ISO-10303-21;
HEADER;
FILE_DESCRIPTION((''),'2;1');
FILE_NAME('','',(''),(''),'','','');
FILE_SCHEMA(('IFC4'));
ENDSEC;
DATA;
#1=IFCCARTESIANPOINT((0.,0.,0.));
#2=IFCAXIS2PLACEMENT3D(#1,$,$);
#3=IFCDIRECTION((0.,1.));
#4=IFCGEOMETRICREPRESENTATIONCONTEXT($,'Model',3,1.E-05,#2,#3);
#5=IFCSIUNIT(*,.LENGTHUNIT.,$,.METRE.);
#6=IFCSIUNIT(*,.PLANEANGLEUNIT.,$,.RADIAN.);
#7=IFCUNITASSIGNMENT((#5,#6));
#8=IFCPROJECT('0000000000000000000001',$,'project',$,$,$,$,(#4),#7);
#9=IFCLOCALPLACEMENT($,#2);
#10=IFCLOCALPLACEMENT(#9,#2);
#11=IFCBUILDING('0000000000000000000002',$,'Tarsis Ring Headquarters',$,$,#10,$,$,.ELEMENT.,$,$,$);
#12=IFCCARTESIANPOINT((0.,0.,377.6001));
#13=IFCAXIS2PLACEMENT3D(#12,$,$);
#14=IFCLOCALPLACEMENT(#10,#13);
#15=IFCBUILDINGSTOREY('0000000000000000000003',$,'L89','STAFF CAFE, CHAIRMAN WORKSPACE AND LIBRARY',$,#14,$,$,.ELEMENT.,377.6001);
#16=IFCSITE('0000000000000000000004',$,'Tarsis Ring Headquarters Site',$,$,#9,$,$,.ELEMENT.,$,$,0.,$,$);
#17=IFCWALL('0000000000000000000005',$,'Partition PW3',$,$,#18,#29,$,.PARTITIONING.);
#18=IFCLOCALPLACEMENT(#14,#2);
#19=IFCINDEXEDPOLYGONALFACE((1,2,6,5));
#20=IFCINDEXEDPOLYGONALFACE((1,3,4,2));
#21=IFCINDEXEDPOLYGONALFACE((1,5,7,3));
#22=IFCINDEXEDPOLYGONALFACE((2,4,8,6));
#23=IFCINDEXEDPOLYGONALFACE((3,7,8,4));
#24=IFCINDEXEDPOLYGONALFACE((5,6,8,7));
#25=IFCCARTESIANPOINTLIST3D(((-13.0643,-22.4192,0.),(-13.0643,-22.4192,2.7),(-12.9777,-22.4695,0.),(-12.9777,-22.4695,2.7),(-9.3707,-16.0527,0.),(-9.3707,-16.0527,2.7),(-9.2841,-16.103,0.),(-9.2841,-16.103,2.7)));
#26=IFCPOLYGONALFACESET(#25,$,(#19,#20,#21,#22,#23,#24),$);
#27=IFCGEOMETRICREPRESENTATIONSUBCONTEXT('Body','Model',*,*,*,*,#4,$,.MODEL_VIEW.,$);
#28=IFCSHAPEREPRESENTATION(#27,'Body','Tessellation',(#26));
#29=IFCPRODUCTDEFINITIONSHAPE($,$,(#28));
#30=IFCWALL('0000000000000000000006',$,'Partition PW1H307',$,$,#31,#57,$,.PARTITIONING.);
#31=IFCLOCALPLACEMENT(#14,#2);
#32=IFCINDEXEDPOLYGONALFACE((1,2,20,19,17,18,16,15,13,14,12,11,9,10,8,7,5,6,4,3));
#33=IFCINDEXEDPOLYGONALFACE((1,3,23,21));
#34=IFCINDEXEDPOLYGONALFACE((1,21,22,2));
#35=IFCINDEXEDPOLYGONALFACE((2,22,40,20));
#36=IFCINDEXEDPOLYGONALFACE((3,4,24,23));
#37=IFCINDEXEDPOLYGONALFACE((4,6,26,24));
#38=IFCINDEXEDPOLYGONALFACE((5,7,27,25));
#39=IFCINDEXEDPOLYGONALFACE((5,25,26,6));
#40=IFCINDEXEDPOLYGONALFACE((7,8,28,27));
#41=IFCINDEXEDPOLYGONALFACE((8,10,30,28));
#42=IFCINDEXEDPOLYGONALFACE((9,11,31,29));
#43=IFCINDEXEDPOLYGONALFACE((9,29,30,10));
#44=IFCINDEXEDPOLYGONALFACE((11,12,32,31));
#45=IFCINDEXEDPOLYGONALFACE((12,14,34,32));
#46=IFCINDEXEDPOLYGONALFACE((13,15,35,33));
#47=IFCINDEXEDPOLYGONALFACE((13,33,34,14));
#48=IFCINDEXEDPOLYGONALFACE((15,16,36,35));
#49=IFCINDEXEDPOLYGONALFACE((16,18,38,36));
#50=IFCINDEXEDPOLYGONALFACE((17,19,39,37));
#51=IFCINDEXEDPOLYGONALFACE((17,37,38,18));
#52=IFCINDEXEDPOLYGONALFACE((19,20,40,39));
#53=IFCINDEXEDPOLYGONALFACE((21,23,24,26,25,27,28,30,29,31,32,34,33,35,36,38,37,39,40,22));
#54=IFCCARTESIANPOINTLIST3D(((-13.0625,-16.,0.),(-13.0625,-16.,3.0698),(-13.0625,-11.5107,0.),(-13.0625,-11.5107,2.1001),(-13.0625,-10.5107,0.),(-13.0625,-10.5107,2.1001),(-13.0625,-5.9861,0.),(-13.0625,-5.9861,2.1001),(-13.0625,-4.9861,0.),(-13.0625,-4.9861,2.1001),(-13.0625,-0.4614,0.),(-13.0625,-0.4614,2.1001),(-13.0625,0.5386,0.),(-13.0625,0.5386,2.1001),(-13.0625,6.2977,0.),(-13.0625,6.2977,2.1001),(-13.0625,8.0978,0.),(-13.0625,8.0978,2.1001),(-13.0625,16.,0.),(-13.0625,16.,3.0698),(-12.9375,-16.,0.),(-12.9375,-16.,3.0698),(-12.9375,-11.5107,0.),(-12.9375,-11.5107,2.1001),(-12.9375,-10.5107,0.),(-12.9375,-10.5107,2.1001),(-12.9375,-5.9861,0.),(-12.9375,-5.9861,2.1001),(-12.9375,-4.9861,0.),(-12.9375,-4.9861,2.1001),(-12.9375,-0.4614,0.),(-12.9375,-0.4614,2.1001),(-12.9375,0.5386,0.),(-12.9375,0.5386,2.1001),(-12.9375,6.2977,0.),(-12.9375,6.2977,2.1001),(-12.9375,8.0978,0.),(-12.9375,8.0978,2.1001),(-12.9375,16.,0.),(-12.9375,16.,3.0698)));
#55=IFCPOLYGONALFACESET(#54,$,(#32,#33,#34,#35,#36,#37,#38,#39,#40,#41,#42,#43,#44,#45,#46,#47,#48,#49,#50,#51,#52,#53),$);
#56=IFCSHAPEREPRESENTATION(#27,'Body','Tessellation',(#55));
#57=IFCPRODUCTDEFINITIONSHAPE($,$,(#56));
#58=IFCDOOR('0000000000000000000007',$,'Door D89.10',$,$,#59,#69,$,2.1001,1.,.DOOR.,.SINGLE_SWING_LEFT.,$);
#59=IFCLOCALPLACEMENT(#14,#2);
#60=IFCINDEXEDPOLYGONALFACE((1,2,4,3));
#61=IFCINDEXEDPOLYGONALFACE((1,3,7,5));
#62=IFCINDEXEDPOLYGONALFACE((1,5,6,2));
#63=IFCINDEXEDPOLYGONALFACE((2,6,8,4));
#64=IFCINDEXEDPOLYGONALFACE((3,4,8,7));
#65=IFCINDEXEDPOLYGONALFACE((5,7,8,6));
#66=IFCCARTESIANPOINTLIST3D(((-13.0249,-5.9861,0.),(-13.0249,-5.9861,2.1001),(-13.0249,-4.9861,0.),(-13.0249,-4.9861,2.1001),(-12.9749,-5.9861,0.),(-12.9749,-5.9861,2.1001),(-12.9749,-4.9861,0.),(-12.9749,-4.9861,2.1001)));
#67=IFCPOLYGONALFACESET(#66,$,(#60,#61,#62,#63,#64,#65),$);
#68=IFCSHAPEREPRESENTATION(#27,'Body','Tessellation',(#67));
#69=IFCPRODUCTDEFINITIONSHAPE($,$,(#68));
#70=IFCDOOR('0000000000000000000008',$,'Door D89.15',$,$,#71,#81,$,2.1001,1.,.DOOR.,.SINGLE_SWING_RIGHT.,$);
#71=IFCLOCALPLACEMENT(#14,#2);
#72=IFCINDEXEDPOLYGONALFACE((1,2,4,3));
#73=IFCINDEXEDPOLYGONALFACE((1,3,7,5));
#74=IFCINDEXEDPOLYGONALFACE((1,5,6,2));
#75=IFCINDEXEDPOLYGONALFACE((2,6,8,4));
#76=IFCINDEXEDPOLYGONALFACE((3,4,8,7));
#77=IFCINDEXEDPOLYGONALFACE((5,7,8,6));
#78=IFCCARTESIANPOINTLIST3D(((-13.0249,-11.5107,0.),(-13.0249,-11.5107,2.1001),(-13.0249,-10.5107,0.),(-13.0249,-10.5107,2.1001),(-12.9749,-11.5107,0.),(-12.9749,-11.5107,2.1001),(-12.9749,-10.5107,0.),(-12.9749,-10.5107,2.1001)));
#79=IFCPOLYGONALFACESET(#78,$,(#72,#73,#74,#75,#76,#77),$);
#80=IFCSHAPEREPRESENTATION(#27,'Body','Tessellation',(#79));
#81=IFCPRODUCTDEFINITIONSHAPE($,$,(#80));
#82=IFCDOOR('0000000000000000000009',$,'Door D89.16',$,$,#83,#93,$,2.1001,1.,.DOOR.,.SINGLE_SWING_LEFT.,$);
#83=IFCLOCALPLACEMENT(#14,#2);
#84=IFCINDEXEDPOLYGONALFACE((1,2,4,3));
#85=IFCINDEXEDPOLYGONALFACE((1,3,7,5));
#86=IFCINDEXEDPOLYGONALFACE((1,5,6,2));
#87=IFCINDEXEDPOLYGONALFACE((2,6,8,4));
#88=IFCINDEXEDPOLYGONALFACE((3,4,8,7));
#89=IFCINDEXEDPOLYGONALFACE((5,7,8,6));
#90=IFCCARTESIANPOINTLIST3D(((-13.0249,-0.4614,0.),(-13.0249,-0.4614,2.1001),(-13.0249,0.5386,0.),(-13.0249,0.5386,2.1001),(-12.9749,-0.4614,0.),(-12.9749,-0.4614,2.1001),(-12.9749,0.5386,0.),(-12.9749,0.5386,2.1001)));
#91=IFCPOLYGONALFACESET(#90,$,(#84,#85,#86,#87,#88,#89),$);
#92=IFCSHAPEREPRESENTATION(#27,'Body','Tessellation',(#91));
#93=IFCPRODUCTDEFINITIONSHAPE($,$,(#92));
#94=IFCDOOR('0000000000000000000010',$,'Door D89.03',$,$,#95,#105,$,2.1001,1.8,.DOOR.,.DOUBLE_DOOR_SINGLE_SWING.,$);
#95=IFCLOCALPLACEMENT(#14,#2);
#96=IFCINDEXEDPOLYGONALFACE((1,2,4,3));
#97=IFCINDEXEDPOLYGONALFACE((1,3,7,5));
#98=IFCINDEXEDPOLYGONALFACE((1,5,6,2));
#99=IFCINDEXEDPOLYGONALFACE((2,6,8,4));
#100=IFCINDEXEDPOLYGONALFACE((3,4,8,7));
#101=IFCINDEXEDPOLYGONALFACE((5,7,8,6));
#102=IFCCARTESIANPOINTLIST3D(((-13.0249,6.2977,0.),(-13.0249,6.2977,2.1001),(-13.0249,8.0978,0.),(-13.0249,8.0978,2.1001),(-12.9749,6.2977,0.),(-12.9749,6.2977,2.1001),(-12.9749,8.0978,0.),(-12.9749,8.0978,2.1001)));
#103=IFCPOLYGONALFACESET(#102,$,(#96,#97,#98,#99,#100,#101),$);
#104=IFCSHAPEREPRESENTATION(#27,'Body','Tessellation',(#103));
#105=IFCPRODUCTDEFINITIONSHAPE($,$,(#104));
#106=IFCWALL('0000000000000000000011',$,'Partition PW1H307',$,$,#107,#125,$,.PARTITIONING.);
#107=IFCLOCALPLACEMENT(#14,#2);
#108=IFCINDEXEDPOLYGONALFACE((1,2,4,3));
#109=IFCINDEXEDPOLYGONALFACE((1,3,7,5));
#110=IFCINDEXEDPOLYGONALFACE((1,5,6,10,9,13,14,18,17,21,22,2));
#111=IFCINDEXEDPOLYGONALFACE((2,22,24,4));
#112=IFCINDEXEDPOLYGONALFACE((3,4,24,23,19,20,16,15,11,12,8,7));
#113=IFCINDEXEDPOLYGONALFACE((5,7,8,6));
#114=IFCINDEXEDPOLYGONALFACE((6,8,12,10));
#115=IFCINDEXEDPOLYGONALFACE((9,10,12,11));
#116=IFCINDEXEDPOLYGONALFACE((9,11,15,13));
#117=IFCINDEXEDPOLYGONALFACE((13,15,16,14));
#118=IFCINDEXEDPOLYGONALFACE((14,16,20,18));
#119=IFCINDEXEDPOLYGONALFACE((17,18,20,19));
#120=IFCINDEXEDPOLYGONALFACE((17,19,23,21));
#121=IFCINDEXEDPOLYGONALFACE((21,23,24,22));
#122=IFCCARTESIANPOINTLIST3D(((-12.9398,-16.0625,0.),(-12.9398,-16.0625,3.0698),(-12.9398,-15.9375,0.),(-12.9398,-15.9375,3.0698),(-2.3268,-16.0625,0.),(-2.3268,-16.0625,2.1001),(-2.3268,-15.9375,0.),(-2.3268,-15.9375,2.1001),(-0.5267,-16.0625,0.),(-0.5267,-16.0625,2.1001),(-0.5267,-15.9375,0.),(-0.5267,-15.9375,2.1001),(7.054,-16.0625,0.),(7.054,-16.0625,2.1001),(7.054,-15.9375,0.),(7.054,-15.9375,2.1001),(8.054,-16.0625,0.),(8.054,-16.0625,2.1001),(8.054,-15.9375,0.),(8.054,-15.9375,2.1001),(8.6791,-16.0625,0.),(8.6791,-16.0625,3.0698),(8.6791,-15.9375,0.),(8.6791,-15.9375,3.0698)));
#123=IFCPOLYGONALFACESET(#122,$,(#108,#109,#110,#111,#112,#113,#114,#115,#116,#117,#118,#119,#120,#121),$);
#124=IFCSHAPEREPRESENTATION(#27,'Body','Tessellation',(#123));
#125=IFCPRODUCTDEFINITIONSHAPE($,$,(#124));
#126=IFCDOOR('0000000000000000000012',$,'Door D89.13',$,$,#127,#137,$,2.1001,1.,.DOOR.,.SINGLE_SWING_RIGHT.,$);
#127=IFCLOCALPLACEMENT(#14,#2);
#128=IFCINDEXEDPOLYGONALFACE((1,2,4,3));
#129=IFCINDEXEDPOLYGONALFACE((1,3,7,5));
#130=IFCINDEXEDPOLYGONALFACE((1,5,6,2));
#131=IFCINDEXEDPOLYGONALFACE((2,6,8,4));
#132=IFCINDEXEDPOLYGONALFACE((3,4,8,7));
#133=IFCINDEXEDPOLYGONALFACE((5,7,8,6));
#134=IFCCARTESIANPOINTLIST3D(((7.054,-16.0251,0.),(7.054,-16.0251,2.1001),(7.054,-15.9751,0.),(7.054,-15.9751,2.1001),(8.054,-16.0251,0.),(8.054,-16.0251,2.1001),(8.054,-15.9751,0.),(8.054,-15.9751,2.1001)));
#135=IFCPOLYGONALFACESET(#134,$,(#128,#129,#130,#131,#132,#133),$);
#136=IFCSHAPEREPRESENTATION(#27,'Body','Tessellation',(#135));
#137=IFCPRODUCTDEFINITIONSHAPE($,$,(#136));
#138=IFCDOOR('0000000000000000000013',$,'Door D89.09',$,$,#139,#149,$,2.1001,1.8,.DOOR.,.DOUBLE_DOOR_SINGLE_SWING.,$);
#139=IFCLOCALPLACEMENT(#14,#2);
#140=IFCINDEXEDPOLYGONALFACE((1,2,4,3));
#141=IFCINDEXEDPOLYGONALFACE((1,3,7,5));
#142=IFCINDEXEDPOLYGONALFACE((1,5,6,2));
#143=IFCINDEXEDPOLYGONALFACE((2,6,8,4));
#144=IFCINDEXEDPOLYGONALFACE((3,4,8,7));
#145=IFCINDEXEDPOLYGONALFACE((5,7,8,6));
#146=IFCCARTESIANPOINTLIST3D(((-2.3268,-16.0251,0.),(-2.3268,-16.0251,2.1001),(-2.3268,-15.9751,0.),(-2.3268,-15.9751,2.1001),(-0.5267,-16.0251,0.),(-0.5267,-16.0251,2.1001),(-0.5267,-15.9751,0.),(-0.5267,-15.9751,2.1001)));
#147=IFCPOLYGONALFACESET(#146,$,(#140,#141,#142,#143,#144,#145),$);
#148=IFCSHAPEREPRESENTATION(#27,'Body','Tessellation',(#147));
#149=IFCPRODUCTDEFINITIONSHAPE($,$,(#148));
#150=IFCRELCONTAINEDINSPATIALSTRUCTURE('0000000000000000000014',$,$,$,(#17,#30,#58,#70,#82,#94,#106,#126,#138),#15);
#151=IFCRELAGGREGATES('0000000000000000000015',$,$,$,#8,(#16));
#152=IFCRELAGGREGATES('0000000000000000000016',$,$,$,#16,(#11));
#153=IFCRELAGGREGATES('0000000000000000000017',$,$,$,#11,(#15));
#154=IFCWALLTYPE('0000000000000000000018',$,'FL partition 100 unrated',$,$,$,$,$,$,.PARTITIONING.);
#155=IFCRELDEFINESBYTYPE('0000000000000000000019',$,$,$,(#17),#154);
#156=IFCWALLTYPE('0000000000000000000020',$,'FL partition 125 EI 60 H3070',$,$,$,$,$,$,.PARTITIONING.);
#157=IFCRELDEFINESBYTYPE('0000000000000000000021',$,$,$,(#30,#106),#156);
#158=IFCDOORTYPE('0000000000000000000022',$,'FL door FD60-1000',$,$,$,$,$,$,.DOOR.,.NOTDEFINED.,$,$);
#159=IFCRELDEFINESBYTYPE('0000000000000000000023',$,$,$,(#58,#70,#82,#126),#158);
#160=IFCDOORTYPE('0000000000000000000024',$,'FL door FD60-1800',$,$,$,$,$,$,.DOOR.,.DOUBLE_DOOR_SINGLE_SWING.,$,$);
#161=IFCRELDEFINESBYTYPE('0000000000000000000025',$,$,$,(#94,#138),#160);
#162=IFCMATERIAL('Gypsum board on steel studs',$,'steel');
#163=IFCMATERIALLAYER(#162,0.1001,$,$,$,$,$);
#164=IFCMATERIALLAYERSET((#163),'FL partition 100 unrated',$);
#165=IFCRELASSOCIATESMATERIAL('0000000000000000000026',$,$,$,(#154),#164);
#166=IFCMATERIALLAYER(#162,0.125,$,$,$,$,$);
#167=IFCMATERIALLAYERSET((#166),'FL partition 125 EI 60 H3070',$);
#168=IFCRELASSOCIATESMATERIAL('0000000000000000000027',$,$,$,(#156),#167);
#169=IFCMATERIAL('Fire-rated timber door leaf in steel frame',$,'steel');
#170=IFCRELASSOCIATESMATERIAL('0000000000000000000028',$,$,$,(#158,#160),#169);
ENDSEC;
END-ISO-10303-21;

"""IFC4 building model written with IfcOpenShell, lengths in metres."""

from ifc_helpers import new_model, si_unit, direction, frame, frame_2d, origin, place, context, subcontext, project, spatial, rectangle, extrude, material, layer, layer_set, type_object, element, fill, save


model = new_model("IFC4")

# Units and contexts
model_context = context("Model", 3, precision=1e-05, world=origin(), true_north=direction((0.0, 1.0)))
body_context = subcontext(model_context, "Body", "Model", "MODEL_VIEW")
ifc_project = project(units=[si_unit("LENGTHUNIT", "METRE"), si_unit("PLANEANGLEUNIT", "RADIAN")], contexts=[model_context])

# Site, building, storey
site_placement = place(None, origin())
site = spatial("IfcSite", under=ifc_project, at=site_placement, Name="Tarsis Ring Headquarters Site", CompositionType="ELEMENT", RefElevation=0.0)
building_placement = place(site_placement, origin())
building = spatial("IfcBuilding", under=site, at=building_placement, Name="Tarsis Ring Headquarters", CompositionType="ELEMENT")
storey_placement = place(building_placement, frame((0.0, 0.0, 377.6001)))
storey = spatial("IfcBuildingStorey", under=building, at=storey_placement, Name="L89", Description="STAFF CAFE, CHAIRMAN WORKSPACE AND LIBRARY", CompositionType="ELEMENT", Elevation=377.6001)

# Wall
ifc_material_1 = material(Name="Gypsum board on steel studs", Category="steel")
ifc_layer_1 = layer(ifc_material_1, 0.1001)
ifc_layer_set_1 = layer_set([ifc_layer_1], Name="FL partition 100 unrated")
wall_type_1 = type_object("IfcWallType", Name="FL partition 100 unrated", PredefinedType="PARTITIONING", material=ifc_layer_set_1)
wall_1_placement = place(storey_placement, frame((-13.021, -22.4443, 0.0), z_axis=(0.0, 0.0, 1.0), x_axis=(0.501826, 0.864969, 0.0)))
element("IfcWall", 1, at=wall_1_placement, inside=storey, type_object=wall_type_1, Name="Partition PW3", PredefinedType="PARTITIONING", context=body_context, shape_type="SweptSolid", body=[
    extrude(rectangle(XDim=7.3604, YDim=0.1001, at=frame_2d((3.6802, 0.0))), origin(), (0.0, 0.0, 1.0), 2.7),
])

# Walls, openings, doors
ifc_layer_2 = layer(ifc_material_1, 0.125)
ifc_layer_set_2 = layer_set([ifc_layer_2], Name="FL partition 125 EI 60 H3070")
wall_type_2 = type_object("IfcWallType", Name="FL partition 125 EI 60 H3070", PredefinedType="PARTITIONING", material=ifc_layer_set_2)
wall_2_placement = place(storey_placement, frame((-13.0, -16.0, 0.0), z_axis=(0.0, 0.0, 1.0), x_axis=(0.0, 1.0, 0.0)))
wall_2 = element("IfcWall", 2, at=wall_2_placement, inside=storey, type_object=wall_type_2, Name="Partition PW1H307", PredefinedType="PARTITIONING", context=body_context, shape_type="SweptSolid", body=[
    extrude(rectangle(XDim=32.0, YDim=0.125, at=frame_2d((16.0, 0.0))), origin(), (0.0, 0.0, 1.0), 3.0698),
])
opening_1_placement = place(wall_2_placement, frame((22.2979, 0.0, 0.0)))
opening_1 = element("IfcOpeningElement", 3, at=opening_1_placement, cuts=wall_2, PredefinedType="OPENING", context=body_context, shape_type="SweptSolid", body=[
    extrude(rectangle(XDim=1.8, YDim=2.1001, at=frame_2d((0.8999, 1.05))), frame((0.0, 0.0725, 0.0), z_axis=(0.0, -1.0, 0.0), x_axis=(1.0, 0.0, 0.0)), (0.0, 0.0, 1.0), 0.145),
])
opening_2_placement = place(wall_2_placement, frame((10.0139, 0.0, 0.0)))
opening_2 = element("IfcOpeningElement", 4, at=opening_2_placement, cuts=wall_2, PredefinedType="OPENING", context=body_context, shape_type="SweptSolid", body=[
    extrude(rectangle(XDim=1.0, YDim=2.1001, at=frame_2d((0.5, 1.05))), frame((0.0, 0.0725, 0.0), z_axis=(0.0, -1.0, 0.0), x_axis=(1.0, 0.0, 0.0)), (0.0, 0.0, 1.0), 0.145),
])
opening_3_placement = place(wall_2_placement, frame((4.4893, 0.0, 0.0)))
opening_3 = element("IfcOpeningElement", 5, at=opening_3_placement, cuts=wall_2, PredefinedType="OPENING", context=body_context, shape_type="SweptSolid", body=[
    extrude(rectangle(XDim=1.0, YDim=2.1001, at=frame_2d((0.5, 1.05))), frame((0.0, 0.0725, 0.0), z_axis=(0.0, -1.0, 0.0), x_axis=(1.0, 0.0, 0.0)), (0.0, 0.0, 1.0), 0.145),
])
opening_4_placement = place(wall_2_placement, frame((15.5386, 0.0, 0.0)))
opening_4 = element("IfcOpeningElement", 6, at=opening_4_placement, cuts=wall_2, PredefinedType="OPENING", context=body_context, shape_type="SweptSolid", body=[
    extrude(rectangle(XDim=1.0, YDim=2.1001, at=frame_2d((0.5, 1.05))), frame((0.0, 0.0725, 0.0), z_axis=(0.0, -1.0, 0.0), x_axis=(1.0, 0.0, 0.0)), (0.0, 0.0, 1.0), 0.145),
])
ifc_material_2 = material(Name="Fire-rated timber door leaf in steel frame", Category="steel")
door_type_1 = type_object("IfcDoorType", Name="FL door FD60-1000", OperationType="NOTDEFINED", PredefinedType="DOOR", material=ifc_material_2)
door_1_placement = place(opening_2_placement, origin())
door_1 = element("IfcDoor", 7, at=door_1_placement, inside=storey, type_object=door_type_1, Name="Door D89.10", OperationType="SINGLE_SWING_LEFT", OverallHeight=2.1001, OverallWidth=1.0, PredefinedType="DOOR", context=body_context, shape_type="SweptSolid", body=[
    extrude(rectangle(XDim=1.0, YDim=2.1001, at=frame_2d((0.5, 1.05))), frame((0.0, 0.0249, 0.0), z_axis=(0.0, -1.0, 0.0), x_axis=(1.0, 0.0, 0.0)), (0.0, 0.0, 1.0), 0.05),
])
fill(opening_2, door_1)
door_2_placement = place(opening_3_placement, origin())
door_2 = element("IfcDoor", 8, at=door_2_placement, inside=storey, type_object=door_type_1, Name="Door D89.15", OperationType="SINGLE_SWING_RIGHT", OverallHeight=2.1001, OverallWidth=1.0, PredefinedType="DOOR", context=body_context, shape_type="SweptSolid", body=[
    extrude(rectangle(XDim=1.0, YDim=2.1001, at=frame_2d((0.5, 1.05))), frame((0.0, 0.0249, 0.0), z_axis=(0.0, -1.0, 0.0), x_axis=(1.0, 0.0, 0.0)), (0.0, 0.0, 1.0), 0.05),
])
fill(opening_3, door_2)
door_3_placement = place(opening_4_placement, origin())
door_3 = element("IfcDoor", 9, at=door_3_placement, inside=storey, type_object=door_type_1, Name="Door D89.16", OperationType="SINGLE_SWING_LEFT", OverallHeight=2.1001, OverallWidth=1.0, PredefinedType="DOOR", context=body_context, shape_type="SweptSolid", body=[
    extrude(rectangle(XDim=1.0, YDim=2.1001, at=frame_2d((0.5, 1.05))), frame((0.0, 0.0249, 0.0), z_axis=(0.0, -1.0, 0.0), x_axis=(1.0, 0.0, 0.0)), (0.0, 0.0, 1.0), 0.05),
])
fill(opening_4, door_3)
door_type_2 = type_object("IfcDoorType", Name="FL door FD60-1800", OperationType="DOUBLE_DOOR_SINGLE_SWING", PredefinedType="DOOR", material=ifc_material_2)
door_4_placement = place(opening_1_placement, origin())
door_4 = element("IfcDoor", 10, at=door_4_placement, inside=storey, type_object=door_type_2, Name="Door D89.03", OperationType="DOUBLE_DOOR_SINGLE_SWING", OverallHeight=2.1001, OverallWidth=1.8, PredefinedType="DOOR", context=body_context, shape_type="SweptSolid", body=[
    extrude(rectangle(XDim=1.8, YDim=2.1001, at=frame_2d((0.8999, 1.05))), frame((0.0, 0.0249, 0.0), z_axis=(0.0, -1.0, 0.0), x_axis=(1.0, 0.0, 0.0)), (0.0, 0.0, 1.0), 0.05),
])
fill(opening_1, door_4)
wall_3_placement = place(storey_placement, frame((-12.9399, -16.0, 0.0), z_axis=(0.0, 0.0, 1.0), x_axis=(1.0, 0.0, 0.0)))
wall_3 = element("IfcWall", 11, at=wall_3_placement, inside=storey, type_object=wall_type_2, Name="Partition PW1H307", PredefinedType="PARTITIONING", context=body_context, shape_type="SweptSolid", body=[
    extrude(rectangle(XDim=21.6189, YDim=0.125, at=frame_2d((10.8096, 0.0))), origin(), (0.0, 0.0, 1.0), 3.0698),
])
opening_5_placement = place(wall_3_placement, frame((10.6133, 0.0, 0.0)))
opening_5 = element("IfcOpeningElement", 12, at=opening_5_placement, cuts=wall_3, PredefinedType="OPENING", context=body_context, shape_type="SweptSolid", body=[
    extrude(rectangle(XDim=1.8, YDim=2.1001, at=frame_2d((0.8999, 1.05))), frame((0.0, 0.0725, 0.0), z_axis=(0.0, -1.0, 0.0), x_axis=(1.0, 0.0, 0.0)), (0.0, 0.0, 1.0), 0.145),
])
opening_6_placement = place(wall_3_placement, frame((19.9939, 0.0, 0.0)))
opening_6 = element("IfcOpeningElement", 13, at=opening_6_placement, cuts=wall_3, PredefinedType="OPENING", context=body_context, shape_type="SweptSolid", body=[
    extrude(rectangle(XDim=1.0, YDim=2.1001, at=frame_2d((0.5, 1.05))), frame((0.0, 0.0725, 0.0), z_axis=(0.0, -1.0, 0.0), x_axis=(1.0, 0.0, 0.0)), (0.0, 0.0, 1.0), 0.145),
])
door_5_placement = place(opening_6_placement, origin())
door_5 = element("IfcDoor", 14, at=door_5_placement, inside=storey, type_object=door_type_1, Name="Door D89.13", OperationType="SINGLE_SWING_RIGHT", OverallHeight=2.1001, OverallWidth=1.0, PredefinedType="DOOR", context=body_context, shape_type="SweptSolid", body=[
    extrude(rectangle(XDim=1.0, YDim=2.1001, at=frame_2d((0.5, 1.05))), frame((0.0, 0.0249, 0.0), z_axis=(0.0, -1.0, 0.0), x_axis=(1.0, 0.0, 0.0)), (0.0, 0.0, 1.0), 0.05),
])
fill(opening_6, door_5)
door_6_placement = place(opening_5_placement, origin())
door_6 = element("IfcDoor", 15, at=door_6_placement, inside=storey, type_object=door_type_2, Name="Door D89.09", OperationType="DOUBLE_DOOR_SINGLE_SWING", OverallHeight=2.1001, OverallWidth=1.8, PredefinedType="DOOR", context=body_context, shape_type="SweptSolid", body=[
    extrude(rectangle(XDim=1.8, YDim=2.1001, at=frame_2d((0.8999, 1.05))), frame((0.0, 0.0249, 0.0), z_axis=(0.0, -1.0, 0.0), x_axis=(1.0, 0.0, 0.0)), (0.0, 0.0, 1.0), 0.05),
])
fill(opening_5, door_6)

save(model, "model.ifc")
